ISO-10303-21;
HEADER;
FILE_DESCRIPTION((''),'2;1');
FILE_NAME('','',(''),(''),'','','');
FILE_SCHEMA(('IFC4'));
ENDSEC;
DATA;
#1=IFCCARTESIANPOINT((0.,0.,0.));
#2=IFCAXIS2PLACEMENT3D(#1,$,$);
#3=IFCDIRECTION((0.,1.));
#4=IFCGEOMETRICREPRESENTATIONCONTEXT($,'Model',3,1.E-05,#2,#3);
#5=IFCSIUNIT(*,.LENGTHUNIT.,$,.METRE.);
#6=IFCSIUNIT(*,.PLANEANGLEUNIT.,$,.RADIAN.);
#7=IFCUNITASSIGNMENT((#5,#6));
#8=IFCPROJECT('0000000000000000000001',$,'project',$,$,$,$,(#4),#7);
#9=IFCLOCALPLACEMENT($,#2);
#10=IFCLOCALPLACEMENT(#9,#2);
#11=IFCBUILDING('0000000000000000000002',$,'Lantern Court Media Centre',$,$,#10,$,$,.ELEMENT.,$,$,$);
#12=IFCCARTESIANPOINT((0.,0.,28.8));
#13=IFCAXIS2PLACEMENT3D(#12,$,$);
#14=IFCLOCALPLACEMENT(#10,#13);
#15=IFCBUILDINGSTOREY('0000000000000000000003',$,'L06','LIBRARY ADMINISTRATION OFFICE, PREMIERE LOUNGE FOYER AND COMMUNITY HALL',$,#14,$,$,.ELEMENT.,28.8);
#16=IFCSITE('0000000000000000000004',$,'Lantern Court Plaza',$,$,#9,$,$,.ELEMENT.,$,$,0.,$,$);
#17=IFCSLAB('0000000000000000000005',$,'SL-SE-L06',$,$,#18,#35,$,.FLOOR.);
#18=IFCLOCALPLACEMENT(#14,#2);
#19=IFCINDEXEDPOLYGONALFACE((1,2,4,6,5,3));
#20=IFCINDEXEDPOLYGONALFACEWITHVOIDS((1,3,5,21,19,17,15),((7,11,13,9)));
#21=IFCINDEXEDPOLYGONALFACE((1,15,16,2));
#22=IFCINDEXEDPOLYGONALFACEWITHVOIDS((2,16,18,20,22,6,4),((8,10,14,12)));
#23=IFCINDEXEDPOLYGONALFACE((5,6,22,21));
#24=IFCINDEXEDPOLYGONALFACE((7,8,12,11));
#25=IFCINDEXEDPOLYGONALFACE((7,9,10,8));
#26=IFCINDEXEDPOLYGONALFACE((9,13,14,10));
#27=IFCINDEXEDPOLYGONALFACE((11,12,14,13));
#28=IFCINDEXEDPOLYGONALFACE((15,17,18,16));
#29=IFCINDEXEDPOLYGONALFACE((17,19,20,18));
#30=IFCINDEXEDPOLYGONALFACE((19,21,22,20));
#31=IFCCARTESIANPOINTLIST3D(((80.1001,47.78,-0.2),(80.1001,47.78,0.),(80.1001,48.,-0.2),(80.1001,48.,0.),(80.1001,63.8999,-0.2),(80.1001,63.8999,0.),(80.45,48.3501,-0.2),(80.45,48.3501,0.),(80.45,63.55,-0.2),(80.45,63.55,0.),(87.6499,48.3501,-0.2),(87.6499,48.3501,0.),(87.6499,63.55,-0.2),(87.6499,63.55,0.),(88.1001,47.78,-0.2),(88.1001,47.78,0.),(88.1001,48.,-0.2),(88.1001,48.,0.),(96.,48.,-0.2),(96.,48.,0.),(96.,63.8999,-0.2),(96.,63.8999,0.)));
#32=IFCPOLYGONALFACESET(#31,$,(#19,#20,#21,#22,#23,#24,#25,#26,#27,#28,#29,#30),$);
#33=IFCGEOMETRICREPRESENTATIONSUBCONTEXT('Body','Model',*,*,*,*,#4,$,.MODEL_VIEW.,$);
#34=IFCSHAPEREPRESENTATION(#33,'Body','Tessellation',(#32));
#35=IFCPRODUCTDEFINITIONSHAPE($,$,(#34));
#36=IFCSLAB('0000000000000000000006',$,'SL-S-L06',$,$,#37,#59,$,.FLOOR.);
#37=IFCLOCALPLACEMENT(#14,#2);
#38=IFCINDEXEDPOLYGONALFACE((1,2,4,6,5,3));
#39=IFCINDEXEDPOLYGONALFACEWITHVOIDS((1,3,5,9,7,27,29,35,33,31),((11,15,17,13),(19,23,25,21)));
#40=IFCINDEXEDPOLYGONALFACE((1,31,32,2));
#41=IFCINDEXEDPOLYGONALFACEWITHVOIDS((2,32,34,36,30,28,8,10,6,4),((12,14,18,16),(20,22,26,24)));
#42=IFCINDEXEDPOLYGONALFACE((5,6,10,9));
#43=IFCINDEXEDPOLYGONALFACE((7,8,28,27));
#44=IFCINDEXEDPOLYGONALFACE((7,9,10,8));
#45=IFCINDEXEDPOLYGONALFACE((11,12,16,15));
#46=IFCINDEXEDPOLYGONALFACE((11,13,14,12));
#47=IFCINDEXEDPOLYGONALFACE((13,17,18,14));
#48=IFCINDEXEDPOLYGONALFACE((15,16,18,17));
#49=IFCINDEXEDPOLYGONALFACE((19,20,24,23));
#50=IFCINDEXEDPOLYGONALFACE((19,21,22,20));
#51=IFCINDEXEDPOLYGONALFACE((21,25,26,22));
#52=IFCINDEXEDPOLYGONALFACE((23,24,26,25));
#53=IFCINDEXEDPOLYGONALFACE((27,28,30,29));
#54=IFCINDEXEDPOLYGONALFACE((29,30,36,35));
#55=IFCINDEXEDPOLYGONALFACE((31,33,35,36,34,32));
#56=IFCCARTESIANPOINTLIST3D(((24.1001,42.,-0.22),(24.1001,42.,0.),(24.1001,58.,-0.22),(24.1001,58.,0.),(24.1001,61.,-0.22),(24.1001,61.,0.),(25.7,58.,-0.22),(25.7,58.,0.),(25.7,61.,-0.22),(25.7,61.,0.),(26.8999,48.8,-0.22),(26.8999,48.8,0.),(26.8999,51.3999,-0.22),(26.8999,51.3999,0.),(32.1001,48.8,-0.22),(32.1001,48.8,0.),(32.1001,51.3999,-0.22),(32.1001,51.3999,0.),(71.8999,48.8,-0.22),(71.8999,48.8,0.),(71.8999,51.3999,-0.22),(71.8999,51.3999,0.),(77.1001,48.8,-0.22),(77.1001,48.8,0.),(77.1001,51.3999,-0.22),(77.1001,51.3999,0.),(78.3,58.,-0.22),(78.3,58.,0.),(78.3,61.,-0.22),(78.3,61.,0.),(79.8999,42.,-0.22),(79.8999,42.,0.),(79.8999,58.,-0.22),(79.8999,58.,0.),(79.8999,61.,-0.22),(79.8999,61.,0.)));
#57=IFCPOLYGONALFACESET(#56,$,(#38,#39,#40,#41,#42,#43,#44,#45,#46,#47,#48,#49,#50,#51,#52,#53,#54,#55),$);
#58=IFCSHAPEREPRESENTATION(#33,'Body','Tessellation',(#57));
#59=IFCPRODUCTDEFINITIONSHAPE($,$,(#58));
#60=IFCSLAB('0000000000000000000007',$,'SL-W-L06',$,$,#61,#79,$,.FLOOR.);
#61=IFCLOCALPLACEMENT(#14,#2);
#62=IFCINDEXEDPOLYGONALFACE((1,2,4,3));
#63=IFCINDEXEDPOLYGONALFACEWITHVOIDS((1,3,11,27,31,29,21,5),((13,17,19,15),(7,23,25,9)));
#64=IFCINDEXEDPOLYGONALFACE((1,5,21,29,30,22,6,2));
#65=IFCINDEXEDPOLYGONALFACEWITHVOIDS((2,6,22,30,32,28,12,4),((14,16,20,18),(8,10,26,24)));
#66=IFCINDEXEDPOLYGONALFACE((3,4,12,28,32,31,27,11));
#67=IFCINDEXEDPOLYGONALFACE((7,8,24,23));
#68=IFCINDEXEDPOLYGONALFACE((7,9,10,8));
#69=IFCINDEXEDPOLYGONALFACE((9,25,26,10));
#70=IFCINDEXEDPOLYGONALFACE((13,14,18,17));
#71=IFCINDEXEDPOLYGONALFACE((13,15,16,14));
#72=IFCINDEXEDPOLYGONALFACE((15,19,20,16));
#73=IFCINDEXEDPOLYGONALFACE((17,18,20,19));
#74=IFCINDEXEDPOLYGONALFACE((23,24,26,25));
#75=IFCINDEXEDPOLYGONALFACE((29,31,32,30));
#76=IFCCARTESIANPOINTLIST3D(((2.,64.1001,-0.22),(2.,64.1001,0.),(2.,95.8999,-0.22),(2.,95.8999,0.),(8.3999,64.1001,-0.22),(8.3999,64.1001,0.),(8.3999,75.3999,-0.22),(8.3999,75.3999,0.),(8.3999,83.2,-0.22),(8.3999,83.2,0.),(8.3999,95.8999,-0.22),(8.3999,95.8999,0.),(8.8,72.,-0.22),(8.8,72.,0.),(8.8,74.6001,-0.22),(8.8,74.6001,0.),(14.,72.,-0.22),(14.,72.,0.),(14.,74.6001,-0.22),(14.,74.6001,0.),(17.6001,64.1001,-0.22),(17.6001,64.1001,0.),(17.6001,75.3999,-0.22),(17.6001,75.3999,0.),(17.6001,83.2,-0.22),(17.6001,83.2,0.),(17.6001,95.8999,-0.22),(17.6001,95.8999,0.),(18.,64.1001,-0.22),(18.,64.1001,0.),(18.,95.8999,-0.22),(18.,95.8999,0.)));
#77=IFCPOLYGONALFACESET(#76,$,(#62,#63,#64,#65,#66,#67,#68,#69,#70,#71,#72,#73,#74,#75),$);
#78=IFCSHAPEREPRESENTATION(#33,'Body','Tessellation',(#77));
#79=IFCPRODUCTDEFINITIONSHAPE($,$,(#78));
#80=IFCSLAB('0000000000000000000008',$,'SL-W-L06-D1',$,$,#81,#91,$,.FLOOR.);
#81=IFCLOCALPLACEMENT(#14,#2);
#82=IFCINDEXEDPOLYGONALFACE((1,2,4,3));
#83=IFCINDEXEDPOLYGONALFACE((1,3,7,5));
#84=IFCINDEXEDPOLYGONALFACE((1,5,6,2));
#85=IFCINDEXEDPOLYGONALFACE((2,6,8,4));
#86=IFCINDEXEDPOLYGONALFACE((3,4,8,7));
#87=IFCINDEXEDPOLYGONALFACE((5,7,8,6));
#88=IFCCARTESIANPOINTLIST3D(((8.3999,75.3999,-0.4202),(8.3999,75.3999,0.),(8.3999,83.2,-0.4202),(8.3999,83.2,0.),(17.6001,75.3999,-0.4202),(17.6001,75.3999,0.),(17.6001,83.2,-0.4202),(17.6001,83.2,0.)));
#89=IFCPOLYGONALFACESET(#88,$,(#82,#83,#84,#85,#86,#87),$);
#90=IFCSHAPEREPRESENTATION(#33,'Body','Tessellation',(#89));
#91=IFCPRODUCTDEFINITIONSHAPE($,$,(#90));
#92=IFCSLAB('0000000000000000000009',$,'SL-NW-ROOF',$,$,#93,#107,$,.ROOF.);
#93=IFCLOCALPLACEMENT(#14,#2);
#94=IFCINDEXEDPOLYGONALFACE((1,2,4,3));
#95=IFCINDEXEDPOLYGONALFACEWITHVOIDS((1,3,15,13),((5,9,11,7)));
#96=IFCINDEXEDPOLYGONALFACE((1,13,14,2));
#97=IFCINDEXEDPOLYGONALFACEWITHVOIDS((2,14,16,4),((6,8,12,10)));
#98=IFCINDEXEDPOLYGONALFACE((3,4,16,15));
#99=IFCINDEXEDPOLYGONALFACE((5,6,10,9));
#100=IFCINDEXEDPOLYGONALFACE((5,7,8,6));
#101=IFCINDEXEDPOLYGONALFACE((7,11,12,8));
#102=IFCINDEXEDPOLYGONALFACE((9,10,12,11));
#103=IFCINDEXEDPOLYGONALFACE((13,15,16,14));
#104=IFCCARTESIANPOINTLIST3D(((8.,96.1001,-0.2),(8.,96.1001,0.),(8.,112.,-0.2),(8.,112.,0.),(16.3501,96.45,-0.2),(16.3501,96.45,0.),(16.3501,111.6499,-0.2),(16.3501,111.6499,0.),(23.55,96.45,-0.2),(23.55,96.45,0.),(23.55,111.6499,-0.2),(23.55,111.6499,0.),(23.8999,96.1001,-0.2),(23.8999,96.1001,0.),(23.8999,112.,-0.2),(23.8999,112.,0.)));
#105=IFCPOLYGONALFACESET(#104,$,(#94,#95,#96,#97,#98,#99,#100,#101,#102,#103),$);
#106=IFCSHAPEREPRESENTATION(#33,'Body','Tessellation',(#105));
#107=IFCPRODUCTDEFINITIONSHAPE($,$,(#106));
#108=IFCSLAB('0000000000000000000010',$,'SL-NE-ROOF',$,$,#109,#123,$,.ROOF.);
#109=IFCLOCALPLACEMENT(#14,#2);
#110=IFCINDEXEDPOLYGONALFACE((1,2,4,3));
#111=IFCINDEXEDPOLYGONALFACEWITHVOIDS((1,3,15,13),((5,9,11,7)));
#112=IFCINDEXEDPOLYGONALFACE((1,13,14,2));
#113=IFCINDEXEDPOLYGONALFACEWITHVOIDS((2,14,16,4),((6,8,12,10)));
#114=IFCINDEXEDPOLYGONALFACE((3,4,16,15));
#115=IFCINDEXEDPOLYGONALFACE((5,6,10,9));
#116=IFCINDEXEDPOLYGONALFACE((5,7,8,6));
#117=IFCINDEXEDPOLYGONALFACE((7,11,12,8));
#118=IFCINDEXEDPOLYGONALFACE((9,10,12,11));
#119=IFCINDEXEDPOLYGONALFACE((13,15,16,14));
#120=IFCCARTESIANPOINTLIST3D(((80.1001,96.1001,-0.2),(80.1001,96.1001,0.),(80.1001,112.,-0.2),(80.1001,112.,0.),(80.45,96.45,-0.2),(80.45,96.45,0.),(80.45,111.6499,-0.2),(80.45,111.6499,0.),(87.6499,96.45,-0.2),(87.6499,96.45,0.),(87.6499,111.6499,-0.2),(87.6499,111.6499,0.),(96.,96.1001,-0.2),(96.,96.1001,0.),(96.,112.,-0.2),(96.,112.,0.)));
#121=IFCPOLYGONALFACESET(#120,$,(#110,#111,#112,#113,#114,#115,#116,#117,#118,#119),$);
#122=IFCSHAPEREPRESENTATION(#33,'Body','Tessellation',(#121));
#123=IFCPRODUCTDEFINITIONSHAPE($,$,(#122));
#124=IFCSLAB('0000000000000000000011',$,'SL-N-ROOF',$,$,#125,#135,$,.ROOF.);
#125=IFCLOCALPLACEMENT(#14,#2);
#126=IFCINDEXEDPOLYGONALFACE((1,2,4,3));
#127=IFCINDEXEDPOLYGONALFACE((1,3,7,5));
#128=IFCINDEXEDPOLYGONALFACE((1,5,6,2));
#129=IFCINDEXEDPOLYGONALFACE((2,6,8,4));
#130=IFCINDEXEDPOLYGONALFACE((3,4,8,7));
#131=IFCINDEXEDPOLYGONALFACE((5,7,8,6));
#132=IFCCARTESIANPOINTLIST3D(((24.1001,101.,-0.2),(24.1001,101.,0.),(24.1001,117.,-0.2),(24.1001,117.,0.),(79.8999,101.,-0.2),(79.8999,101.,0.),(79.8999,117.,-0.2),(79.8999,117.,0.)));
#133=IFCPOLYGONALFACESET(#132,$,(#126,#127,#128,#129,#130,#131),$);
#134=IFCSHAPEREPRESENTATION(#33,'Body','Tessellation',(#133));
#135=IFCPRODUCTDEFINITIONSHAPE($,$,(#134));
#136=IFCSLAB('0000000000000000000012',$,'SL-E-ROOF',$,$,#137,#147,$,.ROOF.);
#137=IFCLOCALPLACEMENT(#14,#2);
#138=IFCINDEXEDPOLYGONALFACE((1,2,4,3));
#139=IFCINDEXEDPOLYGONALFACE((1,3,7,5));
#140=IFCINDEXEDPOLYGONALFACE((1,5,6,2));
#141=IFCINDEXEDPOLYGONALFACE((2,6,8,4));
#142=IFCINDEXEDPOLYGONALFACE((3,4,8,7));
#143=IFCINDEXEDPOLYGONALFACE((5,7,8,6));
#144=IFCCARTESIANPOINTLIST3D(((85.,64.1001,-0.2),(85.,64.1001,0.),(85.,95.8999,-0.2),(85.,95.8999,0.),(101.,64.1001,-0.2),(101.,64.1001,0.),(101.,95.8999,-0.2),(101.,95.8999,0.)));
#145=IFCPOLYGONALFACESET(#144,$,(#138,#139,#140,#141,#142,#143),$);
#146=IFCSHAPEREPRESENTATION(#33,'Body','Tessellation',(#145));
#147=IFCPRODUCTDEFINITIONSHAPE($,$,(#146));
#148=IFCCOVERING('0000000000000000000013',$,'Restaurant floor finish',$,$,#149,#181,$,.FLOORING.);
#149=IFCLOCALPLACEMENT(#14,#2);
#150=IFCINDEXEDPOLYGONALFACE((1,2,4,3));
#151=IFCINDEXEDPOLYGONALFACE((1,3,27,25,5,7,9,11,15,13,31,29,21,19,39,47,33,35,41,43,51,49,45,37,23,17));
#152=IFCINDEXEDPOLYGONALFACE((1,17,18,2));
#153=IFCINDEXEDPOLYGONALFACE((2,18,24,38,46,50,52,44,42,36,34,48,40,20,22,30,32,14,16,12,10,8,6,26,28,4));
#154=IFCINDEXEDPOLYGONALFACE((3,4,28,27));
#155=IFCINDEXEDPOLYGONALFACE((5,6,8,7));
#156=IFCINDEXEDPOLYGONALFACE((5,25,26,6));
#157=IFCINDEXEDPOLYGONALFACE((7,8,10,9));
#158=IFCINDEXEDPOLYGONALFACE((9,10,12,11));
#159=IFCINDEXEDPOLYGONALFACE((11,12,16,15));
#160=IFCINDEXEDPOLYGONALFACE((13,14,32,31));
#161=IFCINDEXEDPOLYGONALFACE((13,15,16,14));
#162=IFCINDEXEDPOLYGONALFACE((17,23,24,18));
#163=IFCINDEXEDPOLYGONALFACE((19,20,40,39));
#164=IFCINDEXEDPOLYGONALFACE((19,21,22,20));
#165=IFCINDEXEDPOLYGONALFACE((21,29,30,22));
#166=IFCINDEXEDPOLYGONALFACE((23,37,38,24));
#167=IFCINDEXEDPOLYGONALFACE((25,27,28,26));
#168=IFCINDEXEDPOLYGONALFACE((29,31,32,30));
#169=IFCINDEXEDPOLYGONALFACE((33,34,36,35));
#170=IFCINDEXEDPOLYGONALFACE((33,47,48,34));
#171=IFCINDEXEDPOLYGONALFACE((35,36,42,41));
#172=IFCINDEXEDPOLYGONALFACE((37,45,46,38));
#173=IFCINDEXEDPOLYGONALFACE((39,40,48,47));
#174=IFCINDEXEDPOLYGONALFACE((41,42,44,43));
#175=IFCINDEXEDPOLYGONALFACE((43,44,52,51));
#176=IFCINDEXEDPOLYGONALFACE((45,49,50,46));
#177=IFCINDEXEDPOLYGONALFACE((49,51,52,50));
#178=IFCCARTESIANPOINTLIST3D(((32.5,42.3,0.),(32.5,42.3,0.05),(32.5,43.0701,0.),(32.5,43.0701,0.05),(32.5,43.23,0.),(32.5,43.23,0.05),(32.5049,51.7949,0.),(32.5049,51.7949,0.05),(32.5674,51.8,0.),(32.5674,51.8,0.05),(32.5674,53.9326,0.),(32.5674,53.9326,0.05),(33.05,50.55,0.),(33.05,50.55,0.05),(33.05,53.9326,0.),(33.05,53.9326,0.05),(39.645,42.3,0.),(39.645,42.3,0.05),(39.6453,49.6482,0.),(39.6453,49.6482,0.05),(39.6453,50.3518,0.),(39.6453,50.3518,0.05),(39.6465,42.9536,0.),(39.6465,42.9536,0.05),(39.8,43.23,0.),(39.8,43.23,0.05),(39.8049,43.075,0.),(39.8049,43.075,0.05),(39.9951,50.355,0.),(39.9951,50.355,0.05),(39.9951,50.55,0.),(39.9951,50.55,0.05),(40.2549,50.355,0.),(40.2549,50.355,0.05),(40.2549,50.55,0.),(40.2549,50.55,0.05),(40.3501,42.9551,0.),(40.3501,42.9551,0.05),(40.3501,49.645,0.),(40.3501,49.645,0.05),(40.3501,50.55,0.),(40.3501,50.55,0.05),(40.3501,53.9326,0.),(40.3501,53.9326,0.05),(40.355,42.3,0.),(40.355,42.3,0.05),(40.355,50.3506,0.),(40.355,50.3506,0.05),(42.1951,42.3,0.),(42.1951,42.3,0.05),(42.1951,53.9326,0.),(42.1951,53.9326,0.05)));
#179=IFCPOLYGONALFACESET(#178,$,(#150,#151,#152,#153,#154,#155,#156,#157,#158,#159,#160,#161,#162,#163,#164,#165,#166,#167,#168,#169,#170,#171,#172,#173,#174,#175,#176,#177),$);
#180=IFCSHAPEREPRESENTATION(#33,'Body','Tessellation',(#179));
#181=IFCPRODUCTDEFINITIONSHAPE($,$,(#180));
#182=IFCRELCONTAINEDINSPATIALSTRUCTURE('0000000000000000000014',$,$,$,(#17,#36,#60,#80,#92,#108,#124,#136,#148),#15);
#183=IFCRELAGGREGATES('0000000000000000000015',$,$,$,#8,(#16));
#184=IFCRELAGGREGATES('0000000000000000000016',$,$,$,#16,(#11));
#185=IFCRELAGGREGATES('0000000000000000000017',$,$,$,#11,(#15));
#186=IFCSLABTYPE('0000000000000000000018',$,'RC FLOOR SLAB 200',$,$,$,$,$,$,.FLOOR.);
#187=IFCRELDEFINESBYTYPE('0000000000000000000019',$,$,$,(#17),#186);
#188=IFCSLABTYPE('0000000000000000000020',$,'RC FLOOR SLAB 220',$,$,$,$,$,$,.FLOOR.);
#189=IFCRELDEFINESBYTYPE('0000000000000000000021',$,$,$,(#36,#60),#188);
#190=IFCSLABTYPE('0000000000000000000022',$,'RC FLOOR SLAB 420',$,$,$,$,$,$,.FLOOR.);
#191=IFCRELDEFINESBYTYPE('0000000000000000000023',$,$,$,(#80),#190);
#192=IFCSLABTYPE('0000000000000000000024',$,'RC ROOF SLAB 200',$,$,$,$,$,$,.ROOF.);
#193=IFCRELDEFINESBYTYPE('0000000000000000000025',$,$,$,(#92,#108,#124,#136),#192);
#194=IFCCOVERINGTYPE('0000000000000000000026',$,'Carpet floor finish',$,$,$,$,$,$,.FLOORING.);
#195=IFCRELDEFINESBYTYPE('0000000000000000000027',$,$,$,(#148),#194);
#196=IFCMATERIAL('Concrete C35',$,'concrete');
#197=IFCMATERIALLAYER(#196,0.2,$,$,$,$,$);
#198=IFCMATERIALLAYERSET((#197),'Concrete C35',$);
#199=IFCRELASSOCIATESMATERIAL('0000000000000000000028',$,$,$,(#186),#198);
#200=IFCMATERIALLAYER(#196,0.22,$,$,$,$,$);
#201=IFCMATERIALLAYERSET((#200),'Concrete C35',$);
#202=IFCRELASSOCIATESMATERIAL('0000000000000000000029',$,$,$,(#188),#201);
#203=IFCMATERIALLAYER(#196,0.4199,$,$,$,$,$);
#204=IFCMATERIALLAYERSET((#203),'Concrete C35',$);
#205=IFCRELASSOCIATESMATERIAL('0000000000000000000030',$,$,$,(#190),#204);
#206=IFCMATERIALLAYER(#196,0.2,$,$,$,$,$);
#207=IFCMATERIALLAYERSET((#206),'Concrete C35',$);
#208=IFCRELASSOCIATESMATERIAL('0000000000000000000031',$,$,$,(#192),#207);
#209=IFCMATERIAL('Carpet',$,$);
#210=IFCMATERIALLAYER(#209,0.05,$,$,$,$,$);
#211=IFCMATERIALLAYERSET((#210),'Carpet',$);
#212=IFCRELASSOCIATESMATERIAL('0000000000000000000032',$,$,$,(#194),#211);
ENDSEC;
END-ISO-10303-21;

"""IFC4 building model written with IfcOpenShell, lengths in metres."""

from ifc_helpers import new_model, si_unit, direction, frame, origin, place, context, subcontext, project, spatial, polyline, outline, extrude, material, layer, layer_set, type_object, element, save


model = new_model("IFC4")

# Units and contexts
model_context = context("Model", 3, precision=1e-05, world=origin(), true_north=direction((0.0, 1.0)))
body_context = subcontext(model_context, "Body", "Model", "MODEL_VIEW")
ifc_project = project(units=[si_unit("LENGTHUNIT", "METRE"), si_unit("PLANEANGLEUNIT", "RADIAN")], contexts=[model_context])

# Site, building, storey
site_placement = place(None, origin())
site = spatial("IfcSite", under=ifc_project, at=site_placement, Name="Lantern Court Plaza", CompositionType="ELEMENT", RefElevation=0.0)
building_placement = place(site_placement, origin())
building = spatial("IfcBuilding", under=site, at=building_placement, Name="Lantern Court Media Centre", CompositionType="ELEMENT")
storey_placement = place(building_placement, frame((0.0, 0.0, 28.8)))
storey = spatial("IfcBuildingStorey", under=building, at=storey_placement, Name="L06", Description="LIBRARY ADMINISTRATION OFFICE, PREMIERE LOUNGE FOYER AND COMMUNITY HALL", CompositionType="ELEMENT", Elevation=28.8)

# Slabs
ifc_material_1 = material(Name="Concrete C35", Category="concrete")
ifc_layer_1 = layer(ifc_material_1, 0.2)
ifc_layer_set_1 = layer_set([ifc_layer_1], Name="Concrete C35")
slab_type_1 = type_object("IfcSlabType", Name="RC FLOOR SLAB 200", PredefinedType="FLOOR", material=ifc_layer_set_1)
slab_1_placement = place(storey_placement, frame((0.0, 0.0, -0.2)))
element("IfcSlab", 1, at=slab_1_placement, inside=storey, type_object=slab_type_1, Name="SL-SE-L06", PredefinedType="FLOOR", context=body_context, shape_type="SweptSolid", body=[
    extrude(outline(polyline([(80.1001, 63.8999), (96.0, 63.8999), (96.0, 48.0), (88.1001, 48.0), (88.1001, 47.78), (80.1001, 47.78), (80.1001, 48.0), (80.1001, 63.8999)]), holes=[polyline([(80.45, 63.55), (80.45, 48.3501), (87.6499, 48.3501), (87.6499, 63.55), (80.45, 63.55)])]), origin(), (0.0, 0.0, 1.0), 0.2),
])
ifc_layer_2 = layer(ifc_material_1, 0.22)
ifc_layer_set_2 = layer_set([ifc_layer_2], Name="Concrete C35")
slab_type_2 = type_object("IfcSlabType", Name="RC FLOOR SLAB 220", PredefinedType="FLOOR", material=ifc_layer_set_2)
slab_2_placement = place(storey_placement, frame((0.0, 0.0, -0.22)))
element("IfcSlab", 2, at=slab_2_placement, inside=storey, type_object=slab_type_2, Name="SL-S-L06", PredefinedType="FLOOR", context=body_context, shape_type="SweptSolid", body=[
    extrude(outline(polyline([(24.1001, 58.0), (24.1001, 61.0), (25.7, 61.0), (25.7, 58.0), (78.3, 58.0), (78.3, 61.0), (79.8999, 61.0), (79.8999, 58.0), (79.8999, 42.0), (24.1001, 42.0), (24.1001, 58.0)]), holes=[polyline([(32.1001, 51.3999), (26.8999, 51.3999), (26.8999, 48.8), (32.1001, 48.8), (32.1001, 51.3999)]), polyline([(77.1001, 51.3999), (71.8999, 51.3999), (71.8999, 48.8), (77.1001, 48.8), (77.1001, 51.3999)])]), origin(), (0.0, 0.0, 1.0), 0.22),
])
slab_3_placement = place(storey_placement, frame((0.0, 0.0, -0.22)))
element("IfcSlab", 3, at=slab_3_placement, inside=storey, type_object=slab_type_2, Name="SL-W-L06", PredefinedType="FLOOR", context=body_context, shape_type="SweptSolid", body=[
    extrude(outline(polyline([(8.3999, 64.1001), (2.0, 64.1001), (2.0, 95.8999), (8.3999, 95.8999), (17.6001, 95.8999), (18.0, 95.8999), (18.0, 64.1001), (17.6001, 64.1001), (8.3999, 64.1001)]), holes=[polyline([(8.3999, 75.3999), (17.6001, 75.3999), (17.6001, 83.2), (8.3999, 83.2), (8.3999, 75.3999)]), polyline([(14.0, 74.6001), (8.8, 74.6001), (8.8, 72.0), (14.0, 72.0), (14.0, 74.6001)])]), origin(), (0.0, 0.0, 1.0), 0.22),
])
ifc_layer_3 = layer(ifc_material_1, 0.4199)
ifc_layer_set_3 = layer_set([ifc_layer_3], Name="Concrete C35")
slab_type_3 = type_object("IfcSlabType", Name="RC FLOOR SLAB 420", PredefinedType="FLOOR", material=ifc_layer_set_3)
slab_4_placement = place(storey_placement, frame((0.0, 0.0, -0.4202)))
element("IfcSlab", 4, at=slab_4_placement, inside=storey, type_object=slab_type_3, Name="SL-W-L06-D1", PredefinedType="FLOOR", context=body_context, shape_type="SweptSolid", body=[
    extrude(outline(polyline([(17.6001, 75.3999), (17.6001, 83.2), (8.3999, 83.2), (8.3999, 75.3999), (17.6001, 75.3999)])), origin(), (0.0, 0.0, 1.0), 0.4202),
])
ifc_layer_4 = layer(ifc_material_1, 0.2)
ifc_layer_set_4 = layer_set([ifc_layer_4], Name="Concrete C35")
slab_type_4 = type_object("IfcSlabType", Name="RC ROOF SLAB 200", PredefinedType="ROOF", material=ifc_layer_set_4)
slab_5_placement = place(storey_placement, frame((0.0, 0.0, -0.2)))
element("IfcSlab", 5, at=slab_5_placement, inside=storey, type_object=slab_type_4, Name="SL-NW-ROOF", PredefinedType="ROOF", context=body_context, shape_type="SweptSolid", body=[
    extrude(outline(polyline([(8.0, 96.1001), (8.0, 112.0), (23.8999, 112.0), (23.8999, 96.1001), (8.0, 96.1001)]), holes=[polyline([(23.55, 111.6499), (16.3501, 111.6499), (16.3501, 96.45), (23.55, 96.45), (23.55, 111.6499)])]), origin(), (0.0, 0.0, 1.0), 0.2),
])
slab_6_placement = place(storey_placement, frame((0.0, 0.0, -0.2)))
element("IfcSlab", 6, at=slab_6_placement, inside=storey, type_object=slab_type_4, Name="SL-NE-ROOF", PredefinedType="ROOF", context=body_context, shape_type="SweptSolid", body=[
    extrude(outline(polyline([(80.1001, 96.1001), (80.1001, 112.0), (96.0, 112.0), (96.0, 96.1001), (80.1001, 96.1001)]), holes=[polyline([(87.6499, 111.6499), (80.45, 111.6499), (80.45, 96.45), (87.6499, 96.45), (87.6499, 111.6499)])]), origin(), (0.0, 0.0, 1.0), 0.2),
])
slab_7_placement = place(storey_placement, frame((0.0, 0.0, -0.2)))
element("IfcSlab", 7, at=slab_7_placement, inside=storey, type_object=slab_type_4, Name="SL-N-ROOF", PredefinedType="ROOF", context=body_context, shape_type="SweptSolid", body=[
    extrude(outline(polyline([(79.8999, 101.0), (79.8999, 117.0), (24.1001, 117.0), (24.1001, 101.0), (79.8999, 101.0)])), origin(), (0.0, 0.0, 1.0), 0.2),
])
slab_8_placement = place(storey_placement, frame((0.0, 0.0, -0.2)))
element("IfcSlab", 8, at=slab_8_placement, inside=storey, type_object=slab_type_4, Name="SL-E-ROOF", PredefinedType="ROOF", context=body_context, shape_type="SweptSolid", body=[
    extrude(outline(polyline([(101.0, 64.1001), (101.0, 95.8999), (85.0, 95.8999), (85.0, 64.1001), (101.0, 64.1001)])), origin(), (0.0, 0.0, 1.0), 0.2),
])

# Covering
ifc_material_2 = material(Name="Carpet")
ifc_layer_5 = layer(ifc_material_2, 0.05)
ifc_layer_set_5 = layer_set([ifc_layer_5], Name="Carpet")
covering_type_1 = type_object("IfcCoveringType", Name="Carpet floor finish", PredefinedType="FLOORING", material=ifc_layer_set_5)
covering_1_placement = place(storey_placement, origin())
element("IfcCovering", 9, at=covering_1_placement, inside=storey, type_object=covering_type_1, Name="Restaurant floor finish", PredefinedType="FLOORING", context=body_context, shape_type="SweptSolid", body=[
    extrude(outline(polyline([(40.3501, 50.55), (40.3501, 53.9326), (42.1951, 53.9326), (42.1951, 42.3), (40.355, 42.3), (40.3501, 42.9551), (39.6465, 42.9536), (39.645, 42.3), (32.5, 42.3), (32.5, 43.0701), (39.8049, 43.075), (39.8, 43.23), (32.5, 43.23), (32.5049, 51.7949), (32.5674, 51.8), (32.5674, 53.9326), (33.05, 53.9326), (33.05, 50.55), (39.9951, 50.55), (39.9951, 50.355), (39.6453, 50.3518), (39.6453, 49.6482), (40.3501, 49.645), (40.355, 50.3506), (40.2549, 50.355), (40.2549, 50.55), (40.3501, 50.55)])), origin(), (0.0, 0.0, 1.0), 0.05),
])

save(model, "model.ifc")
